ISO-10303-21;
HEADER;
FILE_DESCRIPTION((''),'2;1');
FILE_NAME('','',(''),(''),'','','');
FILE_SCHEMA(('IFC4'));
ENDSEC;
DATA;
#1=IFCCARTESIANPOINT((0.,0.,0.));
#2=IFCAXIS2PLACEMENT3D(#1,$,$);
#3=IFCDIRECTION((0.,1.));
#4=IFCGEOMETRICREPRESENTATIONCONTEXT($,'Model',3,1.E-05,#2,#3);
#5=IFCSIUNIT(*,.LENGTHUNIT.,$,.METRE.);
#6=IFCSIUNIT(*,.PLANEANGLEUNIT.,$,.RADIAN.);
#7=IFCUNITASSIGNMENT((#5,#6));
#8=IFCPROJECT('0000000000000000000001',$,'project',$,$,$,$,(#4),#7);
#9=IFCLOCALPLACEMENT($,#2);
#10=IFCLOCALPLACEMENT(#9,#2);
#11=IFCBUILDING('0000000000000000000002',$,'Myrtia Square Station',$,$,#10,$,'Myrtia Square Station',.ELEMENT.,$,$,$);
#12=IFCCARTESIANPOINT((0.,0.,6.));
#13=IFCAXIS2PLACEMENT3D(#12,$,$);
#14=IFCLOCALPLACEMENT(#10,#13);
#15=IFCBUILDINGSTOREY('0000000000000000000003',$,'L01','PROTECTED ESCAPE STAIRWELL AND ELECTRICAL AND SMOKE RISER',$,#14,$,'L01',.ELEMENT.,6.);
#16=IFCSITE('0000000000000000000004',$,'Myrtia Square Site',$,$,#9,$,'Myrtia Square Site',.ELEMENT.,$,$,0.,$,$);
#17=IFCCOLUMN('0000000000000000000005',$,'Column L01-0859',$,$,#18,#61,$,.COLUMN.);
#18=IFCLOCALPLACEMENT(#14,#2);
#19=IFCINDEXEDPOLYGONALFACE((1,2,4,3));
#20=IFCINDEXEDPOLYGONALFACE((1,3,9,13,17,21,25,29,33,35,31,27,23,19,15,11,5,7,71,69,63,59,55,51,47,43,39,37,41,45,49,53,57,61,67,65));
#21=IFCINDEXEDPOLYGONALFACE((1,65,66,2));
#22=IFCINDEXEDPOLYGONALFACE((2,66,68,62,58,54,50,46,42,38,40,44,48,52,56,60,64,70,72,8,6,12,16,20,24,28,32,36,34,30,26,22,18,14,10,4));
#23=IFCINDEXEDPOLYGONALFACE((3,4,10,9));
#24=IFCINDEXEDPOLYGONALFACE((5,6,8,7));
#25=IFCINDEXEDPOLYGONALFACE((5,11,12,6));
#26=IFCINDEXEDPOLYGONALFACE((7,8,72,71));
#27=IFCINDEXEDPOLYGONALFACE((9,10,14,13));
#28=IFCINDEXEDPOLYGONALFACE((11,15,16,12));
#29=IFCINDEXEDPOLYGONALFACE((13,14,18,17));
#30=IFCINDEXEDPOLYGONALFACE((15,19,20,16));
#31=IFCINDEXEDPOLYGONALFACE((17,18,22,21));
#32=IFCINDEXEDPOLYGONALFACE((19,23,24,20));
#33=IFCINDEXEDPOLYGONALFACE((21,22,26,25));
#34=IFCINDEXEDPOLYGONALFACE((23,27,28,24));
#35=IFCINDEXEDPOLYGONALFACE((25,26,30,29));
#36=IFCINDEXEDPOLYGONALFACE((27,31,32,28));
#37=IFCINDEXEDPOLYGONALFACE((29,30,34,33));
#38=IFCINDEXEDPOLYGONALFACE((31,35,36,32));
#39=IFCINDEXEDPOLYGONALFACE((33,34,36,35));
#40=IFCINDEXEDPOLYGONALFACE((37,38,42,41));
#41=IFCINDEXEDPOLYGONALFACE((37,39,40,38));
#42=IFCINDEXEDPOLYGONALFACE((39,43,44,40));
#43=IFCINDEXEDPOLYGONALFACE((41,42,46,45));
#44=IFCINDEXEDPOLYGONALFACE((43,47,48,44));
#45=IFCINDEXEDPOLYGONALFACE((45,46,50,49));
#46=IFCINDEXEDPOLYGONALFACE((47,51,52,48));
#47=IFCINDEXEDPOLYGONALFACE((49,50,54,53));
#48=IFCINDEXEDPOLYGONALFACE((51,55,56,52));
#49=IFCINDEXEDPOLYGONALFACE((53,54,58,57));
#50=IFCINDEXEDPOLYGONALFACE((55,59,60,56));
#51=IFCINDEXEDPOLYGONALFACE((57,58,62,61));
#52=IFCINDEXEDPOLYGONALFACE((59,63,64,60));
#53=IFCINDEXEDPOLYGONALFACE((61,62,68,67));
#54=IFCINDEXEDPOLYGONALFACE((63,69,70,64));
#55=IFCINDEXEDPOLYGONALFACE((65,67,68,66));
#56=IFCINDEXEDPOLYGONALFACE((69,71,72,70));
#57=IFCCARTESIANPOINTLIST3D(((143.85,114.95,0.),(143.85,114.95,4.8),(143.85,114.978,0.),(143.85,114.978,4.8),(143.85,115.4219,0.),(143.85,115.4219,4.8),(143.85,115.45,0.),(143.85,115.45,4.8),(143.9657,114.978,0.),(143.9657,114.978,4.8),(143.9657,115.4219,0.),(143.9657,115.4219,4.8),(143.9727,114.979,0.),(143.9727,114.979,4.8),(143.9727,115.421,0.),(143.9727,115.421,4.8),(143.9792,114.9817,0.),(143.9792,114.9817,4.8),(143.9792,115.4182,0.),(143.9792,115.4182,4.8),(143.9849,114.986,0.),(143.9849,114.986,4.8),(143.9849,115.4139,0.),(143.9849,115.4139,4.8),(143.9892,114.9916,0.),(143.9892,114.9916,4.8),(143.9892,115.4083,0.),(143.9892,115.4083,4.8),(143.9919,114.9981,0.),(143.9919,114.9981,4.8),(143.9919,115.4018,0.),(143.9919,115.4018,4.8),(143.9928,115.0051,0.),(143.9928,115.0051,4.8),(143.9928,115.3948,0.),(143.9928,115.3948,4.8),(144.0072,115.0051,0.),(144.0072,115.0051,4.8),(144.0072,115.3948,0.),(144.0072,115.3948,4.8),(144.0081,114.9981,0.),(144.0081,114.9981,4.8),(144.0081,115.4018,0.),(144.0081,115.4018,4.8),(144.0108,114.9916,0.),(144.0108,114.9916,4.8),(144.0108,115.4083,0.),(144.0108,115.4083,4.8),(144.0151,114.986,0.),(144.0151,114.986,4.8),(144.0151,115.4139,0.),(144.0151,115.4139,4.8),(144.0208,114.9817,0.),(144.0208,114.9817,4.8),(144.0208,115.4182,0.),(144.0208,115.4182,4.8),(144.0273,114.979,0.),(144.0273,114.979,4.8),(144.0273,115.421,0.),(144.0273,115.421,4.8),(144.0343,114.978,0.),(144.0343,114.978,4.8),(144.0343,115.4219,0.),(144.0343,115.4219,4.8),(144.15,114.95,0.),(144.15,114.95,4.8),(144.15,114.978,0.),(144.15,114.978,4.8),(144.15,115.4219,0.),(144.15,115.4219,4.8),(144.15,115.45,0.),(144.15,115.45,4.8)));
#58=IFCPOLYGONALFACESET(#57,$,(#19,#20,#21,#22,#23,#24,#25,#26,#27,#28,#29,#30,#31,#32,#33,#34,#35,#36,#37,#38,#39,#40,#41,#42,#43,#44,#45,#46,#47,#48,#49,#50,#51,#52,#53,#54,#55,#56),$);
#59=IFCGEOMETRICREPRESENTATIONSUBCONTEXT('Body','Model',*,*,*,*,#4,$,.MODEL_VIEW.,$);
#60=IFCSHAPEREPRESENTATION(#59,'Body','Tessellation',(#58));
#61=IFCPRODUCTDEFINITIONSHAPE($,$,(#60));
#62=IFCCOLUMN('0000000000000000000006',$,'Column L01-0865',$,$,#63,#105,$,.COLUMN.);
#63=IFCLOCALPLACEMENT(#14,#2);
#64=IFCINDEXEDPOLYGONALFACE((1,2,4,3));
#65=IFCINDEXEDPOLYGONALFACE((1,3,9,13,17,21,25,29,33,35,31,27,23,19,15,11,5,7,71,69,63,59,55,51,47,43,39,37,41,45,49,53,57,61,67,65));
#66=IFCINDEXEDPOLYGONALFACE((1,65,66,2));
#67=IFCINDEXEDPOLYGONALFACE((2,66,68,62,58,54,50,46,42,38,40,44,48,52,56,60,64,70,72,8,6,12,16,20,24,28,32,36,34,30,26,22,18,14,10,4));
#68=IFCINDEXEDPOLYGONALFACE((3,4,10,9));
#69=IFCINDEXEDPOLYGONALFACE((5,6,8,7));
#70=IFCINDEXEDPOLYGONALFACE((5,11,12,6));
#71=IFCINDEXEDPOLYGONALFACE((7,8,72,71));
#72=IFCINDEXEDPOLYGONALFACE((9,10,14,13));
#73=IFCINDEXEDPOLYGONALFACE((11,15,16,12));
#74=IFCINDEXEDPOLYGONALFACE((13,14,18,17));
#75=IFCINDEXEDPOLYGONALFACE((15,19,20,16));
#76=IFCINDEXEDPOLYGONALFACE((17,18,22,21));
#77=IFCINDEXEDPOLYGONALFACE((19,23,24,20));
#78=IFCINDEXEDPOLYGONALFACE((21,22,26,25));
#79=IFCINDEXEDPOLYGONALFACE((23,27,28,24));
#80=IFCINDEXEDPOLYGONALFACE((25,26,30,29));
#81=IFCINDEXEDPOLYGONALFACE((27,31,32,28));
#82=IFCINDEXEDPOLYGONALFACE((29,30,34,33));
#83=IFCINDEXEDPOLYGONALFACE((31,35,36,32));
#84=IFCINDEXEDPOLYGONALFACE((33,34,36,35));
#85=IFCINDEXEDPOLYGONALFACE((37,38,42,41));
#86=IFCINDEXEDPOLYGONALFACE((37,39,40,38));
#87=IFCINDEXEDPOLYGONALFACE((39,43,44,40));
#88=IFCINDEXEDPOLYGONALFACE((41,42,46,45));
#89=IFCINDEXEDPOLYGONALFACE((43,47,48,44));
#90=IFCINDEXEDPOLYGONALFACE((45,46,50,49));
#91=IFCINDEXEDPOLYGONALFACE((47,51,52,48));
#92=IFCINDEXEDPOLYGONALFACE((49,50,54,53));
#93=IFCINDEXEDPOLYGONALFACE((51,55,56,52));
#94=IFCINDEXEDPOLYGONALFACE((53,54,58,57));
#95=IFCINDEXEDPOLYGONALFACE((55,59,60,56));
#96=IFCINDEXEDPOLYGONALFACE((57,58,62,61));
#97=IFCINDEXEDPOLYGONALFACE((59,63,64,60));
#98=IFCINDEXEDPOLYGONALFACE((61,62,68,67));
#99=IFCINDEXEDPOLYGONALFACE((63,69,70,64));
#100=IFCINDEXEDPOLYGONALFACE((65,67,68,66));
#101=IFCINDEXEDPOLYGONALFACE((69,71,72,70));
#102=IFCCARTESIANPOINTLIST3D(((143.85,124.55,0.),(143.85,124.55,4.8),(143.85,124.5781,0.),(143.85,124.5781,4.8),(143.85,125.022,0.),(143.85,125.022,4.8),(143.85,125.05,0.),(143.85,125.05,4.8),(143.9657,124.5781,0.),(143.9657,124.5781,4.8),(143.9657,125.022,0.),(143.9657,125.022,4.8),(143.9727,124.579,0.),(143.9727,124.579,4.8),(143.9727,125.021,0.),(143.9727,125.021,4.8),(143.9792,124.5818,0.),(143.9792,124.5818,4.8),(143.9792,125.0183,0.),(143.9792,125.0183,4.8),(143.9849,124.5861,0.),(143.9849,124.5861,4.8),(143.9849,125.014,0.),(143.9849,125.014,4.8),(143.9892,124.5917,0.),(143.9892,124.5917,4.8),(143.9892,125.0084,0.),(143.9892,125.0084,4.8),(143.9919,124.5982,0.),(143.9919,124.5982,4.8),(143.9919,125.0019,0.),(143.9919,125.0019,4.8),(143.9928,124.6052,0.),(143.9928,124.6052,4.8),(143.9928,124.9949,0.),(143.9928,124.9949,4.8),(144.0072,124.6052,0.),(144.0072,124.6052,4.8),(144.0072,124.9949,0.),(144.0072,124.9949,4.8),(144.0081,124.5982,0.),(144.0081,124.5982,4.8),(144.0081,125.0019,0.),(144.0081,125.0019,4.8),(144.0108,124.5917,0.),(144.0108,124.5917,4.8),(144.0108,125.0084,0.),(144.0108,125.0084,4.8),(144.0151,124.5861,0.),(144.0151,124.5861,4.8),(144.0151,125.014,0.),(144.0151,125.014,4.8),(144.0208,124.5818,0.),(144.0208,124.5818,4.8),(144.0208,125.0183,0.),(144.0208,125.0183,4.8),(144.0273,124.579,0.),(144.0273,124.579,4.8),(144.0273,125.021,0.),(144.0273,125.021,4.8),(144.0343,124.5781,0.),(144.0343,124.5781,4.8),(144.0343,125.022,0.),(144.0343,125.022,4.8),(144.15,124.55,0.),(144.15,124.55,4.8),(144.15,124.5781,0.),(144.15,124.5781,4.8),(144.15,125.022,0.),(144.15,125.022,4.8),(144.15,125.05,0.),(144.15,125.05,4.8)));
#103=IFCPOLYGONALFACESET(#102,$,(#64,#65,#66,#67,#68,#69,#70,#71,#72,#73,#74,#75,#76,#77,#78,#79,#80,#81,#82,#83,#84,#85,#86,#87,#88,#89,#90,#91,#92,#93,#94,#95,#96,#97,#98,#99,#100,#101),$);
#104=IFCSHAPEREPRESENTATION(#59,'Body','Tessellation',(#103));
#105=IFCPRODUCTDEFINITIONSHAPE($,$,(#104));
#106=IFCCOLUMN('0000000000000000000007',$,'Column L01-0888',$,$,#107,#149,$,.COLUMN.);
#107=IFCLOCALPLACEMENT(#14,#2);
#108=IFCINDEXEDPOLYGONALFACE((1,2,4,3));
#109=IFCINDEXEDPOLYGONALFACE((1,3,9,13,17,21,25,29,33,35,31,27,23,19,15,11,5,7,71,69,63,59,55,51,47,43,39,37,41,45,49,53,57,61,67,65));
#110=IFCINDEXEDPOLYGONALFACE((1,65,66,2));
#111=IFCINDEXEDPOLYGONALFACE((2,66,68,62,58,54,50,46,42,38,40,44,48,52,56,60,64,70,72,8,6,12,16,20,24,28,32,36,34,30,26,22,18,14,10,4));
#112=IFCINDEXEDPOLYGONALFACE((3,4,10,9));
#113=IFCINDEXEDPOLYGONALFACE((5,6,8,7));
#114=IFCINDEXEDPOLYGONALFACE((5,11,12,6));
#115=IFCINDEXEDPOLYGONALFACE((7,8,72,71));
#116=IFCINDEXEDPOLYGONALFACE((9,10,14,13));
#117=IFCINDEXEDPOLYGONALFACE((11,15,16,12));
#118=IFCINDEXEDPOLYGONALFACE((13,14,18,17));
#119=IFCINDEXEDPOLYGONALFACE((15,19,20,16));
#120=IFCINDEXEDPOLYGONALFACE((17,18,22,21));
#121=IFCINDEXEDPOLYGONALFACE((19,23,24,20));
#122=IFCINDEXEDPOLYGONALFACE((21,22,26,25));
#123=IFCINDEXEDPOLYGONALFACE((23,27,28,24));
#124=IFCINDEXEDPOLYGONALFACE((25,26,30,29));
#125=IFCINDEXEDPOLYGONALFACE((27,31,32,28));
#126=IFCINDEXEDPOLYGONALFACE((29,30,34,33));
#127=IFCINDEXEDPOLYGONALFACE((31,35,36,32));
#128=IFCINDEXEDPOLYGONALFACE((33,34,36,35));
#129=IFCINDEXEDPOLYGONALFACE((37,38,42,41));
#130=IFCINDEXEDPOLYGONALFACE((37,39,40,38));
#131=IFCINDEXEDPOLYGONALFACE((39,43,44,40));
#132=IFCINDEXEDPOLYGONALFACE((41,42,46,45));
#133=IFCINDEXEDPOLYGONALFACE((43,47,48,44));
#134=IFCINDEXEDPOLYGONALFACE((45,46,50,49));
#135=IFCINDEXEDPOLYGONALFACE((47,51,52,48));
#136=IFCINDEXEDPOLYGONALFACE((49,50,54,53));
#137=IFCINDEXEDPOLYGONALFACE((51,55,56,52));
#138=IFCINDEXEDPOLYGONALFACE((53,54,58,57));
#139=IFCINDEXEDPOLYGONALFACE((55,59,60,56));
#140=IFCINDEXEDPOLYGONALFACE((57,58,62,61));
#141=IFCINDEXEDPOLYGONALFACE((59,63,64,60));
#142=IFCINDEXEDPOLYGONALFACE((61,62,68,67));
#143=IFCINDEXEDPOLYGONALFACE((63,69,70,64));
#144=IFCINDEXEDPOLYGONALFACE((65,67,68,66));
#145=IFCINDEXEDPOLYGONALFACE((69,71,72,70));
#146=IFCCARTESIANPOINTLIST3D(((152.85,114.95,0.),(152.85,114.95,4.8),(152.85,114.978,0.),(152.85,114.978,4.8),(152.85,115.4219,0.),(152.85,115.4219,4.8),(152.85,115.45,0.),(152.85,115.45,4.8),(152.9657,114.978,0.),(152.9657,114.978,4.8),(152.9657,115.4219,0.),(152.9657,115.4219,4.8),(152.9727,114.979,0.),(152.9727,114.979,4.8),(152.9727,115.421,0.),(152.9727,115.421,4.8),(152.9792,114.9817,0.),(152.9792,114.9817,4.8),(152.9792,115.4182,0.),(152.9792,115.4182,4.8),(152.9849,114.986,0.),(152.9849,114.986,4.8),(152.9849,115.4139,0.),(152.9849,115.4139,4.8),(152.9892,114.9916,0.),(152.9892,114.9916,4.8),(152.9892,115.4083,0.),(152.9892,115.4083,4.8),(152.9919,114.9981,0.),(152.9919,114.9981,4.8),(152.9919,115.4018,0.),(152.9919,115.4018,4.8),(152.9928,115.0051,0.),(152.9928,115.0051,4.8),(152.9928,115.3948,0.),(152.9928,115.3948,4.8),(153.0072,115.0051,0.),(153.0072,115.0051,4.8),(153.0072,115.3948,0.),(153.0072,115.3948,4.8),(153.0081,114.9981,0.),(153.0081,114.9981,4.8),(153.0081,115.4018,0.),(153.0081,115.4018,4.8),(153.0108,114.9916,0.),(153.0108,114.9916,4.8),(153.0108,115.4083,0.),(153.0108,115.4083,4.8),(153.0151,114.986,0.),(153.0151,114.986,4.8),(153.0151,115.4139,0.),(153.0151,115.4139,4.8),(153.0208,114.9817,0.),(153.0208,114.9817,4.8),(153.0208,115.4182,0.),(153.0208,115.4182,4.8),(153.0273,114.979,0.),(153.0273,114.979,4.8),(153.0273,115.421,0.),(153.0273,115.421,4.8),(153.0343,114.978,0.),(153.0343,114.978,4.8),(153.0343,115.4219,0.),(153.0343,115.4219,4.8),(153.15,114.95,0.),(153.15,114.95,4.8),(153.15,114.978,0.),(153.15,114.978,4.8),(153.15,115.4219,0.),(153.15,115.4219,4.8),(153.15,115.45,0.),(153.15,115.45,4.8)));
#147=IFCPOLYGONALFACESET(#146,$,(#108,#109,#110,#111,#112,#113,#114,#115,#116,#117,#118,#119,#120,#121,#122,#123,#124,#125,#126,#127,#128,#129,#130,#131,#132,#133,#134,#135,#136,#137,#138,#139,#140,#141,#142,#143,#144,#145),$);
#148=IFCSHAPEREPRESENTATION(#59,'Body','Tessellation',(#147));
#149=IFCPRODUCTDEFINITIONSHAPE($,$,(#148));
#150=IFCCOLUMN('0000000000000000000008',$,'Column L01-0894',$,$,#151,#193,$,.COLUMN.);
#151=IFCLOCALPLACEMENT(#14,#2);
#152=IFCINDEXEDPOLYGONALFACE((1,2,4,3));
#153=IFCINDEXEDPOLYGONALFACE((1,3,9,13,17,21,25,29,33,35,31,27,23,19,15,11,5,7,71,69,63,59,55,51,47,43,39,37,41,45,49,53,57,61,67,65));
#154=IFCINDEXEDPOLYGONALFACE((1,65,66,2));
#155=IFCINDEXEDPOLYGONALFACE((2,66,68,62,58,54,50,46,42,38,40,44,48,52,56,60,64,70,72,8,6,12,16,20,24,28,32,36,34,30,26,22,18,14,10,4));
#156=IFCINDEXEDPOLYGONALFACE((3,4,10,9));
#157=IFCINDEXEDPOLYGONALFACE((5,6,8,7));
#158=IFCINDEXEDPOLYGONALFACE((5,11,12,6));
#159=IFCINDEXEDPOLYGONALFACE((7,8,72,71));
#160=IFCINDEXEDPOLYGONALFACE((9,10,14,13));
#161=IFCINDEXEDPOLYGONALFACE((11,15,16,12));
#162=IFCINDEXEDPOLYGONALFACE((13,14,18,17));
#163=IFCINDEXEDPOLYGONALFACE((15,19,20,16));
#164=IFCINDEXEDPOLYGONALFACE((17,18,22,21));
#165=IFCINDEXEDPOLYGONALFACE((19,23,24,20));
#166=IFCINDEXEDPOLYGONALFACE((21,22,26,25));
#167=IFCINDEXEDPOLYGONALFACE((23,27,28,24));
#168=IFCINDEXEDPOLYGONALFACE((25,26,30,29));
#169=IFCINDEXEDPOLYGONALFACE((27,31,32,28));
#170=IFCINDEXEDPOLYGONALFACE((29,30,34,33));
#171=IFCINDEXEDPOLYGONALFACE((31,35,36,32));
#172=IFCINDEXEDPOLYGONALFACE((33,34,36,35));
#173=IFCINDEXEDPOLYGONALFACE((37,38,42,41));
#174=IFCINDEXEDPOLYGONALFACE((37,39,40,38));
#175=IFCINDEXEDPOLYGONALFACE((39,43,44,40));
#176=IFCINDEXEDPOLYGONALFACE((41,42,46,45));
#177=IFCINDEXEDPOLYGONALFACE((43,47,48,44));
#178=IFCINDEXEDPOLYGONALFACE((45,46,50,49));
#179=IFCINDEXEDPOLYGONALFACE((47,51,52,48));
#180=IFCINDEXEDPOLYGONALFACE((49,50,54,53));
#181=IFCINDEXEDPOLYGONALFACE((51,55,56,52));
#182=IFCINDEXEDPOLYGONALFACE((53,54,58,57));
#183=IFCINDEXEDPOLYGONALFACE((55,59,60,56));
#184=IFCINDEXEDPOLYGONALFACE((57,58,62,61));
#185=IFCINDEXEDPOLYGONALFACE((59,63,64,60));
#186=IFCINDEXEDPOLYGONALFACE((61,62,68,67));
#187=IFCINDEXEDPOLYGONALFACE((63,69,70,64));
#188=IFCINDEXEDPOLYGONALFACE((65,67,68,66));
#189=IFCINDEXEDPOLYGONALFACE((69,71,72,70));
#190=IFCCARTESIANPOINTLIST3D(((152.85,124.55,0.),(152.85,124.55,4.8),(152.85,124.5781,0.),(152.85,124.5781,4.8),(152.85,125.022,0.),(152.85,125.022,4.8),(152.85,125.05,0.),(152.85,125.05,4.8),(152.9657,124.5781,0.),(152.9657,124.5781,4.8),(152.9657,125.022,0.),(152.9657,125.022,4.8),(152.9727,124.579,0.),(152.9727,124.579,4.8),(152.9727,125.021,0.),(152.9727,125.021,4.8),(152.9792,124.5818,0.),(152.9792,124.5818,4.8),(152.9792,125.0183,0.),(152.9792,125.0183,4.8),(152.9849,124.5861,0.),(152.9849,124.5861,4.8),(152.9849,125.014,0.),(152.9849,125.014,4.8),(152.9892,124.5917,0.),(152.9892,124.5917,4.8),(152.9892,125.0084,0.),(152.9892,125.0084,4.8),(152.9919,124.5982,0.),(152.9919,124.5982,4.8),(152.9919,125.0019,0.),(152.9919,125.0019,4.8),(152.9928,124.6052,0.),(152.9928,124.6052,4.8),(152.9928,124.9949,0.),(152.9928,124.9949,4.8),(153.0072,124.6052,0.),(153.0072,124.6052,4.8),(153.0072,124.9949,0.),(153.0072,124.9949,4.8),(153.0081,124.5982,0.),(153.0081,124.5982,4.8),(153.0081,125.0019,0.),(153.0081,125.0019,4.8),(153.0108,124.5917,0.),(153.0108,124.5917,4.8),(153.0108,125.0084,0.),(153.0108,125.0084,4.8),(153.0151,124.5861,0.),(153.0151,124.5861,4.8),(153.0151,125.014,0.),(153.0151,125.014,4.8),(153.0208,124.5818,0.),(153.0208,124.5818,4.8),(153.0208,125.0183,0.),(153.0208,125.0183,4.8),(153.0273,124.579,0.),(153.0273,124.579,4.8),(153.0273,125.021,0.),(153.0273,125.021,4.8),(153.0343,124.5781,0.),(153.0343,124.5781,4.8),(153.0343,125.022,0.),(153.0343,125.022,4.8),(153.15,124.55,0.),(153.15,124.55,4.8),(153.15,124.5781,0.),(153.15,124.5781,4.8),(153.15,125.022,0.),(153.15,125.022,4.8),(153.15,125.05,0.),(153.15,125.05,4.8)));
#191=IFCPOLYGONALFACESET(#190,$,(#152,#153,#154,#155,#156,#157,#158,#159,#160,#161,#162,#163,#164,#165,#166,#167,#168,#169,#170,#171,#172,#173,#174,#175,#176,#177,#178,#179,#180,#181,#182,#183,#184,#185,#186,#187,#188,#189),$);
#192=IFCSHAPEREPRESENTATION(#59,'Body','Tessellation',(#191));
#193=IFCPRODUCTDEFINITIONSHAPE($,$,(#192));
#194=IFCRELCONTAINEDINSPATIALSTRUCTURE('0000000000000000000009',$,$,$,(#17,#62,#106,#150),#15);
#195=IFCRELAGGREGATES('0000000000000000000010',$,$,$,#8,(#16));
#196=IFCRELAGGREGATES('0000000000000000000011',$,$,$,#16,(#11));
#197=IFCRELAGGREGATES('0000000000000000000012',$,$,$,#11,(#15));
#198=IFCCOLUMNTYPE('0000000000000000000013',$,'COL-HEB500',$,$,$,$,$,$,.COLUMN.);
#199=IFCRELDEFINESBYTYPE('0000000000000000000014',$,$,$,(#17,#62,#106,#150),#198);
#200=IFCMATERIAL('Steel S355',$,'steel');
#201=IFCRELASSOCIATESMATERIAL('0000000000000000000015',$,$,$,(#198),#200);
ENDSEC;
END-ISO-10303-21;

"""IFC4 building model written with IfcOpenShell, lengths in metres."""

from ifc_helpers import new_model, si_unit, direction, frame, origin, origin_2d, place, context, subcontext, project, spatial, i_section, extrude, material, material_profile, profile_set, type_object, element, save


model = new_model("IFC4")

# Units and contexts
model_context = context("Model", 3, precision=1e-05, world=origin(), true_north=direction((0.0, 1.0)))
body_context = subcontext(model_context, "Body", "Model", "MODEL_VIEW")
ifc_project = project(units=[si_unit("LENGTHUNIT", "METRE"), si_unit("PLANEANGLEUNIT", "RADIAN")], contexts=[model_context])

# Site, building, storey
site_placement = place(None, origin())
site = spatial("IfcSite", under=ifc_project, at=site_placement, Name="Myrtia Square Site", LongName="Myrtia Square Site", CompositionType="ELEMENT", RefElevation=0.0)
building_placement = place(site_placement, origin())
building = spatial("IfcBuilding", under=site, at=building_placement, Name="Myrtia Square Station", LongName="Myrtia Square Station", CompositionType="ELEMENT")
storey_placement = place(building_placement, frame((0.0, 0.0, 6.0)))
storey = spatial("IfcBuildingStorey", under=building, at=storey_placement, Name="L01", Description="PROTECTED ESCAPE STAIRWELL AND ELECTRICAL AND SMOKE RISER", LongName="L01", CompositionType="ELEMENT", Elevation=6.0)

# Columns
ifc_material_1 = material(Name="Steel S355", Category="steel")
ifc_material_profile_1 = material_profile(ifc_material_1, i_section(OverallWidth=0.3, OverallDepth=0.5, WebThickness=0.0144, FlangeThickness=0.0281, FilletRadius=0.0271, at=origin_2d()), Name="HEB 500")
ifc_profile_set_1 = profile_set([ifc_material_profile_1], Name="Steel S355")
column_type = type_object("IfcColumnType", Name="COL-HEB500", PredefinedType="COLUMN", material=ifc_profile_set_1)
for number, where, z_axis, x_axis, name in (
    (1, (144.0, 115.2, 0.0), (0.0, 0.0, 1.0), (1.0, 0.0, 0.0), "Column L01-0859"),
    (2, (144.0, 124.8, 0.0), (0.0, 0.0, 1.0), (1.0, 0.0, 0.0), "Column L01-0865"),
    (3, (153.0, 115.2, 0.0), (0.0, 0.0, 1.0), (1.0, 0.0, 0.0), "Column L01-0888"),
    (4, (153.0, 124.8, 0.0), (0.0, 0.0, 1.0), (1.0, 0.0, 0.0), "Column L01-0894"),
):
    element("IfcColumn", number, at=place(storey_placement, frame(where, z_axis=z_axis, x_axis=x_axis)), inside=storey, type_object=column_type, Name=name, PredefinedType="COLUMN", context=body_context, shape_type="SweptSolid", body=[
        extrude(i_section(OverallWidth=0.3, OverallDepth=0.5, WebThickness=0.0144, FlangeThickness=0.0281, FilletRadius=0.0271, at=origin_2d()), origin(), (0.0, 0.0, 1.0), 4.8),
    ])

save(model, "model.ifc")
